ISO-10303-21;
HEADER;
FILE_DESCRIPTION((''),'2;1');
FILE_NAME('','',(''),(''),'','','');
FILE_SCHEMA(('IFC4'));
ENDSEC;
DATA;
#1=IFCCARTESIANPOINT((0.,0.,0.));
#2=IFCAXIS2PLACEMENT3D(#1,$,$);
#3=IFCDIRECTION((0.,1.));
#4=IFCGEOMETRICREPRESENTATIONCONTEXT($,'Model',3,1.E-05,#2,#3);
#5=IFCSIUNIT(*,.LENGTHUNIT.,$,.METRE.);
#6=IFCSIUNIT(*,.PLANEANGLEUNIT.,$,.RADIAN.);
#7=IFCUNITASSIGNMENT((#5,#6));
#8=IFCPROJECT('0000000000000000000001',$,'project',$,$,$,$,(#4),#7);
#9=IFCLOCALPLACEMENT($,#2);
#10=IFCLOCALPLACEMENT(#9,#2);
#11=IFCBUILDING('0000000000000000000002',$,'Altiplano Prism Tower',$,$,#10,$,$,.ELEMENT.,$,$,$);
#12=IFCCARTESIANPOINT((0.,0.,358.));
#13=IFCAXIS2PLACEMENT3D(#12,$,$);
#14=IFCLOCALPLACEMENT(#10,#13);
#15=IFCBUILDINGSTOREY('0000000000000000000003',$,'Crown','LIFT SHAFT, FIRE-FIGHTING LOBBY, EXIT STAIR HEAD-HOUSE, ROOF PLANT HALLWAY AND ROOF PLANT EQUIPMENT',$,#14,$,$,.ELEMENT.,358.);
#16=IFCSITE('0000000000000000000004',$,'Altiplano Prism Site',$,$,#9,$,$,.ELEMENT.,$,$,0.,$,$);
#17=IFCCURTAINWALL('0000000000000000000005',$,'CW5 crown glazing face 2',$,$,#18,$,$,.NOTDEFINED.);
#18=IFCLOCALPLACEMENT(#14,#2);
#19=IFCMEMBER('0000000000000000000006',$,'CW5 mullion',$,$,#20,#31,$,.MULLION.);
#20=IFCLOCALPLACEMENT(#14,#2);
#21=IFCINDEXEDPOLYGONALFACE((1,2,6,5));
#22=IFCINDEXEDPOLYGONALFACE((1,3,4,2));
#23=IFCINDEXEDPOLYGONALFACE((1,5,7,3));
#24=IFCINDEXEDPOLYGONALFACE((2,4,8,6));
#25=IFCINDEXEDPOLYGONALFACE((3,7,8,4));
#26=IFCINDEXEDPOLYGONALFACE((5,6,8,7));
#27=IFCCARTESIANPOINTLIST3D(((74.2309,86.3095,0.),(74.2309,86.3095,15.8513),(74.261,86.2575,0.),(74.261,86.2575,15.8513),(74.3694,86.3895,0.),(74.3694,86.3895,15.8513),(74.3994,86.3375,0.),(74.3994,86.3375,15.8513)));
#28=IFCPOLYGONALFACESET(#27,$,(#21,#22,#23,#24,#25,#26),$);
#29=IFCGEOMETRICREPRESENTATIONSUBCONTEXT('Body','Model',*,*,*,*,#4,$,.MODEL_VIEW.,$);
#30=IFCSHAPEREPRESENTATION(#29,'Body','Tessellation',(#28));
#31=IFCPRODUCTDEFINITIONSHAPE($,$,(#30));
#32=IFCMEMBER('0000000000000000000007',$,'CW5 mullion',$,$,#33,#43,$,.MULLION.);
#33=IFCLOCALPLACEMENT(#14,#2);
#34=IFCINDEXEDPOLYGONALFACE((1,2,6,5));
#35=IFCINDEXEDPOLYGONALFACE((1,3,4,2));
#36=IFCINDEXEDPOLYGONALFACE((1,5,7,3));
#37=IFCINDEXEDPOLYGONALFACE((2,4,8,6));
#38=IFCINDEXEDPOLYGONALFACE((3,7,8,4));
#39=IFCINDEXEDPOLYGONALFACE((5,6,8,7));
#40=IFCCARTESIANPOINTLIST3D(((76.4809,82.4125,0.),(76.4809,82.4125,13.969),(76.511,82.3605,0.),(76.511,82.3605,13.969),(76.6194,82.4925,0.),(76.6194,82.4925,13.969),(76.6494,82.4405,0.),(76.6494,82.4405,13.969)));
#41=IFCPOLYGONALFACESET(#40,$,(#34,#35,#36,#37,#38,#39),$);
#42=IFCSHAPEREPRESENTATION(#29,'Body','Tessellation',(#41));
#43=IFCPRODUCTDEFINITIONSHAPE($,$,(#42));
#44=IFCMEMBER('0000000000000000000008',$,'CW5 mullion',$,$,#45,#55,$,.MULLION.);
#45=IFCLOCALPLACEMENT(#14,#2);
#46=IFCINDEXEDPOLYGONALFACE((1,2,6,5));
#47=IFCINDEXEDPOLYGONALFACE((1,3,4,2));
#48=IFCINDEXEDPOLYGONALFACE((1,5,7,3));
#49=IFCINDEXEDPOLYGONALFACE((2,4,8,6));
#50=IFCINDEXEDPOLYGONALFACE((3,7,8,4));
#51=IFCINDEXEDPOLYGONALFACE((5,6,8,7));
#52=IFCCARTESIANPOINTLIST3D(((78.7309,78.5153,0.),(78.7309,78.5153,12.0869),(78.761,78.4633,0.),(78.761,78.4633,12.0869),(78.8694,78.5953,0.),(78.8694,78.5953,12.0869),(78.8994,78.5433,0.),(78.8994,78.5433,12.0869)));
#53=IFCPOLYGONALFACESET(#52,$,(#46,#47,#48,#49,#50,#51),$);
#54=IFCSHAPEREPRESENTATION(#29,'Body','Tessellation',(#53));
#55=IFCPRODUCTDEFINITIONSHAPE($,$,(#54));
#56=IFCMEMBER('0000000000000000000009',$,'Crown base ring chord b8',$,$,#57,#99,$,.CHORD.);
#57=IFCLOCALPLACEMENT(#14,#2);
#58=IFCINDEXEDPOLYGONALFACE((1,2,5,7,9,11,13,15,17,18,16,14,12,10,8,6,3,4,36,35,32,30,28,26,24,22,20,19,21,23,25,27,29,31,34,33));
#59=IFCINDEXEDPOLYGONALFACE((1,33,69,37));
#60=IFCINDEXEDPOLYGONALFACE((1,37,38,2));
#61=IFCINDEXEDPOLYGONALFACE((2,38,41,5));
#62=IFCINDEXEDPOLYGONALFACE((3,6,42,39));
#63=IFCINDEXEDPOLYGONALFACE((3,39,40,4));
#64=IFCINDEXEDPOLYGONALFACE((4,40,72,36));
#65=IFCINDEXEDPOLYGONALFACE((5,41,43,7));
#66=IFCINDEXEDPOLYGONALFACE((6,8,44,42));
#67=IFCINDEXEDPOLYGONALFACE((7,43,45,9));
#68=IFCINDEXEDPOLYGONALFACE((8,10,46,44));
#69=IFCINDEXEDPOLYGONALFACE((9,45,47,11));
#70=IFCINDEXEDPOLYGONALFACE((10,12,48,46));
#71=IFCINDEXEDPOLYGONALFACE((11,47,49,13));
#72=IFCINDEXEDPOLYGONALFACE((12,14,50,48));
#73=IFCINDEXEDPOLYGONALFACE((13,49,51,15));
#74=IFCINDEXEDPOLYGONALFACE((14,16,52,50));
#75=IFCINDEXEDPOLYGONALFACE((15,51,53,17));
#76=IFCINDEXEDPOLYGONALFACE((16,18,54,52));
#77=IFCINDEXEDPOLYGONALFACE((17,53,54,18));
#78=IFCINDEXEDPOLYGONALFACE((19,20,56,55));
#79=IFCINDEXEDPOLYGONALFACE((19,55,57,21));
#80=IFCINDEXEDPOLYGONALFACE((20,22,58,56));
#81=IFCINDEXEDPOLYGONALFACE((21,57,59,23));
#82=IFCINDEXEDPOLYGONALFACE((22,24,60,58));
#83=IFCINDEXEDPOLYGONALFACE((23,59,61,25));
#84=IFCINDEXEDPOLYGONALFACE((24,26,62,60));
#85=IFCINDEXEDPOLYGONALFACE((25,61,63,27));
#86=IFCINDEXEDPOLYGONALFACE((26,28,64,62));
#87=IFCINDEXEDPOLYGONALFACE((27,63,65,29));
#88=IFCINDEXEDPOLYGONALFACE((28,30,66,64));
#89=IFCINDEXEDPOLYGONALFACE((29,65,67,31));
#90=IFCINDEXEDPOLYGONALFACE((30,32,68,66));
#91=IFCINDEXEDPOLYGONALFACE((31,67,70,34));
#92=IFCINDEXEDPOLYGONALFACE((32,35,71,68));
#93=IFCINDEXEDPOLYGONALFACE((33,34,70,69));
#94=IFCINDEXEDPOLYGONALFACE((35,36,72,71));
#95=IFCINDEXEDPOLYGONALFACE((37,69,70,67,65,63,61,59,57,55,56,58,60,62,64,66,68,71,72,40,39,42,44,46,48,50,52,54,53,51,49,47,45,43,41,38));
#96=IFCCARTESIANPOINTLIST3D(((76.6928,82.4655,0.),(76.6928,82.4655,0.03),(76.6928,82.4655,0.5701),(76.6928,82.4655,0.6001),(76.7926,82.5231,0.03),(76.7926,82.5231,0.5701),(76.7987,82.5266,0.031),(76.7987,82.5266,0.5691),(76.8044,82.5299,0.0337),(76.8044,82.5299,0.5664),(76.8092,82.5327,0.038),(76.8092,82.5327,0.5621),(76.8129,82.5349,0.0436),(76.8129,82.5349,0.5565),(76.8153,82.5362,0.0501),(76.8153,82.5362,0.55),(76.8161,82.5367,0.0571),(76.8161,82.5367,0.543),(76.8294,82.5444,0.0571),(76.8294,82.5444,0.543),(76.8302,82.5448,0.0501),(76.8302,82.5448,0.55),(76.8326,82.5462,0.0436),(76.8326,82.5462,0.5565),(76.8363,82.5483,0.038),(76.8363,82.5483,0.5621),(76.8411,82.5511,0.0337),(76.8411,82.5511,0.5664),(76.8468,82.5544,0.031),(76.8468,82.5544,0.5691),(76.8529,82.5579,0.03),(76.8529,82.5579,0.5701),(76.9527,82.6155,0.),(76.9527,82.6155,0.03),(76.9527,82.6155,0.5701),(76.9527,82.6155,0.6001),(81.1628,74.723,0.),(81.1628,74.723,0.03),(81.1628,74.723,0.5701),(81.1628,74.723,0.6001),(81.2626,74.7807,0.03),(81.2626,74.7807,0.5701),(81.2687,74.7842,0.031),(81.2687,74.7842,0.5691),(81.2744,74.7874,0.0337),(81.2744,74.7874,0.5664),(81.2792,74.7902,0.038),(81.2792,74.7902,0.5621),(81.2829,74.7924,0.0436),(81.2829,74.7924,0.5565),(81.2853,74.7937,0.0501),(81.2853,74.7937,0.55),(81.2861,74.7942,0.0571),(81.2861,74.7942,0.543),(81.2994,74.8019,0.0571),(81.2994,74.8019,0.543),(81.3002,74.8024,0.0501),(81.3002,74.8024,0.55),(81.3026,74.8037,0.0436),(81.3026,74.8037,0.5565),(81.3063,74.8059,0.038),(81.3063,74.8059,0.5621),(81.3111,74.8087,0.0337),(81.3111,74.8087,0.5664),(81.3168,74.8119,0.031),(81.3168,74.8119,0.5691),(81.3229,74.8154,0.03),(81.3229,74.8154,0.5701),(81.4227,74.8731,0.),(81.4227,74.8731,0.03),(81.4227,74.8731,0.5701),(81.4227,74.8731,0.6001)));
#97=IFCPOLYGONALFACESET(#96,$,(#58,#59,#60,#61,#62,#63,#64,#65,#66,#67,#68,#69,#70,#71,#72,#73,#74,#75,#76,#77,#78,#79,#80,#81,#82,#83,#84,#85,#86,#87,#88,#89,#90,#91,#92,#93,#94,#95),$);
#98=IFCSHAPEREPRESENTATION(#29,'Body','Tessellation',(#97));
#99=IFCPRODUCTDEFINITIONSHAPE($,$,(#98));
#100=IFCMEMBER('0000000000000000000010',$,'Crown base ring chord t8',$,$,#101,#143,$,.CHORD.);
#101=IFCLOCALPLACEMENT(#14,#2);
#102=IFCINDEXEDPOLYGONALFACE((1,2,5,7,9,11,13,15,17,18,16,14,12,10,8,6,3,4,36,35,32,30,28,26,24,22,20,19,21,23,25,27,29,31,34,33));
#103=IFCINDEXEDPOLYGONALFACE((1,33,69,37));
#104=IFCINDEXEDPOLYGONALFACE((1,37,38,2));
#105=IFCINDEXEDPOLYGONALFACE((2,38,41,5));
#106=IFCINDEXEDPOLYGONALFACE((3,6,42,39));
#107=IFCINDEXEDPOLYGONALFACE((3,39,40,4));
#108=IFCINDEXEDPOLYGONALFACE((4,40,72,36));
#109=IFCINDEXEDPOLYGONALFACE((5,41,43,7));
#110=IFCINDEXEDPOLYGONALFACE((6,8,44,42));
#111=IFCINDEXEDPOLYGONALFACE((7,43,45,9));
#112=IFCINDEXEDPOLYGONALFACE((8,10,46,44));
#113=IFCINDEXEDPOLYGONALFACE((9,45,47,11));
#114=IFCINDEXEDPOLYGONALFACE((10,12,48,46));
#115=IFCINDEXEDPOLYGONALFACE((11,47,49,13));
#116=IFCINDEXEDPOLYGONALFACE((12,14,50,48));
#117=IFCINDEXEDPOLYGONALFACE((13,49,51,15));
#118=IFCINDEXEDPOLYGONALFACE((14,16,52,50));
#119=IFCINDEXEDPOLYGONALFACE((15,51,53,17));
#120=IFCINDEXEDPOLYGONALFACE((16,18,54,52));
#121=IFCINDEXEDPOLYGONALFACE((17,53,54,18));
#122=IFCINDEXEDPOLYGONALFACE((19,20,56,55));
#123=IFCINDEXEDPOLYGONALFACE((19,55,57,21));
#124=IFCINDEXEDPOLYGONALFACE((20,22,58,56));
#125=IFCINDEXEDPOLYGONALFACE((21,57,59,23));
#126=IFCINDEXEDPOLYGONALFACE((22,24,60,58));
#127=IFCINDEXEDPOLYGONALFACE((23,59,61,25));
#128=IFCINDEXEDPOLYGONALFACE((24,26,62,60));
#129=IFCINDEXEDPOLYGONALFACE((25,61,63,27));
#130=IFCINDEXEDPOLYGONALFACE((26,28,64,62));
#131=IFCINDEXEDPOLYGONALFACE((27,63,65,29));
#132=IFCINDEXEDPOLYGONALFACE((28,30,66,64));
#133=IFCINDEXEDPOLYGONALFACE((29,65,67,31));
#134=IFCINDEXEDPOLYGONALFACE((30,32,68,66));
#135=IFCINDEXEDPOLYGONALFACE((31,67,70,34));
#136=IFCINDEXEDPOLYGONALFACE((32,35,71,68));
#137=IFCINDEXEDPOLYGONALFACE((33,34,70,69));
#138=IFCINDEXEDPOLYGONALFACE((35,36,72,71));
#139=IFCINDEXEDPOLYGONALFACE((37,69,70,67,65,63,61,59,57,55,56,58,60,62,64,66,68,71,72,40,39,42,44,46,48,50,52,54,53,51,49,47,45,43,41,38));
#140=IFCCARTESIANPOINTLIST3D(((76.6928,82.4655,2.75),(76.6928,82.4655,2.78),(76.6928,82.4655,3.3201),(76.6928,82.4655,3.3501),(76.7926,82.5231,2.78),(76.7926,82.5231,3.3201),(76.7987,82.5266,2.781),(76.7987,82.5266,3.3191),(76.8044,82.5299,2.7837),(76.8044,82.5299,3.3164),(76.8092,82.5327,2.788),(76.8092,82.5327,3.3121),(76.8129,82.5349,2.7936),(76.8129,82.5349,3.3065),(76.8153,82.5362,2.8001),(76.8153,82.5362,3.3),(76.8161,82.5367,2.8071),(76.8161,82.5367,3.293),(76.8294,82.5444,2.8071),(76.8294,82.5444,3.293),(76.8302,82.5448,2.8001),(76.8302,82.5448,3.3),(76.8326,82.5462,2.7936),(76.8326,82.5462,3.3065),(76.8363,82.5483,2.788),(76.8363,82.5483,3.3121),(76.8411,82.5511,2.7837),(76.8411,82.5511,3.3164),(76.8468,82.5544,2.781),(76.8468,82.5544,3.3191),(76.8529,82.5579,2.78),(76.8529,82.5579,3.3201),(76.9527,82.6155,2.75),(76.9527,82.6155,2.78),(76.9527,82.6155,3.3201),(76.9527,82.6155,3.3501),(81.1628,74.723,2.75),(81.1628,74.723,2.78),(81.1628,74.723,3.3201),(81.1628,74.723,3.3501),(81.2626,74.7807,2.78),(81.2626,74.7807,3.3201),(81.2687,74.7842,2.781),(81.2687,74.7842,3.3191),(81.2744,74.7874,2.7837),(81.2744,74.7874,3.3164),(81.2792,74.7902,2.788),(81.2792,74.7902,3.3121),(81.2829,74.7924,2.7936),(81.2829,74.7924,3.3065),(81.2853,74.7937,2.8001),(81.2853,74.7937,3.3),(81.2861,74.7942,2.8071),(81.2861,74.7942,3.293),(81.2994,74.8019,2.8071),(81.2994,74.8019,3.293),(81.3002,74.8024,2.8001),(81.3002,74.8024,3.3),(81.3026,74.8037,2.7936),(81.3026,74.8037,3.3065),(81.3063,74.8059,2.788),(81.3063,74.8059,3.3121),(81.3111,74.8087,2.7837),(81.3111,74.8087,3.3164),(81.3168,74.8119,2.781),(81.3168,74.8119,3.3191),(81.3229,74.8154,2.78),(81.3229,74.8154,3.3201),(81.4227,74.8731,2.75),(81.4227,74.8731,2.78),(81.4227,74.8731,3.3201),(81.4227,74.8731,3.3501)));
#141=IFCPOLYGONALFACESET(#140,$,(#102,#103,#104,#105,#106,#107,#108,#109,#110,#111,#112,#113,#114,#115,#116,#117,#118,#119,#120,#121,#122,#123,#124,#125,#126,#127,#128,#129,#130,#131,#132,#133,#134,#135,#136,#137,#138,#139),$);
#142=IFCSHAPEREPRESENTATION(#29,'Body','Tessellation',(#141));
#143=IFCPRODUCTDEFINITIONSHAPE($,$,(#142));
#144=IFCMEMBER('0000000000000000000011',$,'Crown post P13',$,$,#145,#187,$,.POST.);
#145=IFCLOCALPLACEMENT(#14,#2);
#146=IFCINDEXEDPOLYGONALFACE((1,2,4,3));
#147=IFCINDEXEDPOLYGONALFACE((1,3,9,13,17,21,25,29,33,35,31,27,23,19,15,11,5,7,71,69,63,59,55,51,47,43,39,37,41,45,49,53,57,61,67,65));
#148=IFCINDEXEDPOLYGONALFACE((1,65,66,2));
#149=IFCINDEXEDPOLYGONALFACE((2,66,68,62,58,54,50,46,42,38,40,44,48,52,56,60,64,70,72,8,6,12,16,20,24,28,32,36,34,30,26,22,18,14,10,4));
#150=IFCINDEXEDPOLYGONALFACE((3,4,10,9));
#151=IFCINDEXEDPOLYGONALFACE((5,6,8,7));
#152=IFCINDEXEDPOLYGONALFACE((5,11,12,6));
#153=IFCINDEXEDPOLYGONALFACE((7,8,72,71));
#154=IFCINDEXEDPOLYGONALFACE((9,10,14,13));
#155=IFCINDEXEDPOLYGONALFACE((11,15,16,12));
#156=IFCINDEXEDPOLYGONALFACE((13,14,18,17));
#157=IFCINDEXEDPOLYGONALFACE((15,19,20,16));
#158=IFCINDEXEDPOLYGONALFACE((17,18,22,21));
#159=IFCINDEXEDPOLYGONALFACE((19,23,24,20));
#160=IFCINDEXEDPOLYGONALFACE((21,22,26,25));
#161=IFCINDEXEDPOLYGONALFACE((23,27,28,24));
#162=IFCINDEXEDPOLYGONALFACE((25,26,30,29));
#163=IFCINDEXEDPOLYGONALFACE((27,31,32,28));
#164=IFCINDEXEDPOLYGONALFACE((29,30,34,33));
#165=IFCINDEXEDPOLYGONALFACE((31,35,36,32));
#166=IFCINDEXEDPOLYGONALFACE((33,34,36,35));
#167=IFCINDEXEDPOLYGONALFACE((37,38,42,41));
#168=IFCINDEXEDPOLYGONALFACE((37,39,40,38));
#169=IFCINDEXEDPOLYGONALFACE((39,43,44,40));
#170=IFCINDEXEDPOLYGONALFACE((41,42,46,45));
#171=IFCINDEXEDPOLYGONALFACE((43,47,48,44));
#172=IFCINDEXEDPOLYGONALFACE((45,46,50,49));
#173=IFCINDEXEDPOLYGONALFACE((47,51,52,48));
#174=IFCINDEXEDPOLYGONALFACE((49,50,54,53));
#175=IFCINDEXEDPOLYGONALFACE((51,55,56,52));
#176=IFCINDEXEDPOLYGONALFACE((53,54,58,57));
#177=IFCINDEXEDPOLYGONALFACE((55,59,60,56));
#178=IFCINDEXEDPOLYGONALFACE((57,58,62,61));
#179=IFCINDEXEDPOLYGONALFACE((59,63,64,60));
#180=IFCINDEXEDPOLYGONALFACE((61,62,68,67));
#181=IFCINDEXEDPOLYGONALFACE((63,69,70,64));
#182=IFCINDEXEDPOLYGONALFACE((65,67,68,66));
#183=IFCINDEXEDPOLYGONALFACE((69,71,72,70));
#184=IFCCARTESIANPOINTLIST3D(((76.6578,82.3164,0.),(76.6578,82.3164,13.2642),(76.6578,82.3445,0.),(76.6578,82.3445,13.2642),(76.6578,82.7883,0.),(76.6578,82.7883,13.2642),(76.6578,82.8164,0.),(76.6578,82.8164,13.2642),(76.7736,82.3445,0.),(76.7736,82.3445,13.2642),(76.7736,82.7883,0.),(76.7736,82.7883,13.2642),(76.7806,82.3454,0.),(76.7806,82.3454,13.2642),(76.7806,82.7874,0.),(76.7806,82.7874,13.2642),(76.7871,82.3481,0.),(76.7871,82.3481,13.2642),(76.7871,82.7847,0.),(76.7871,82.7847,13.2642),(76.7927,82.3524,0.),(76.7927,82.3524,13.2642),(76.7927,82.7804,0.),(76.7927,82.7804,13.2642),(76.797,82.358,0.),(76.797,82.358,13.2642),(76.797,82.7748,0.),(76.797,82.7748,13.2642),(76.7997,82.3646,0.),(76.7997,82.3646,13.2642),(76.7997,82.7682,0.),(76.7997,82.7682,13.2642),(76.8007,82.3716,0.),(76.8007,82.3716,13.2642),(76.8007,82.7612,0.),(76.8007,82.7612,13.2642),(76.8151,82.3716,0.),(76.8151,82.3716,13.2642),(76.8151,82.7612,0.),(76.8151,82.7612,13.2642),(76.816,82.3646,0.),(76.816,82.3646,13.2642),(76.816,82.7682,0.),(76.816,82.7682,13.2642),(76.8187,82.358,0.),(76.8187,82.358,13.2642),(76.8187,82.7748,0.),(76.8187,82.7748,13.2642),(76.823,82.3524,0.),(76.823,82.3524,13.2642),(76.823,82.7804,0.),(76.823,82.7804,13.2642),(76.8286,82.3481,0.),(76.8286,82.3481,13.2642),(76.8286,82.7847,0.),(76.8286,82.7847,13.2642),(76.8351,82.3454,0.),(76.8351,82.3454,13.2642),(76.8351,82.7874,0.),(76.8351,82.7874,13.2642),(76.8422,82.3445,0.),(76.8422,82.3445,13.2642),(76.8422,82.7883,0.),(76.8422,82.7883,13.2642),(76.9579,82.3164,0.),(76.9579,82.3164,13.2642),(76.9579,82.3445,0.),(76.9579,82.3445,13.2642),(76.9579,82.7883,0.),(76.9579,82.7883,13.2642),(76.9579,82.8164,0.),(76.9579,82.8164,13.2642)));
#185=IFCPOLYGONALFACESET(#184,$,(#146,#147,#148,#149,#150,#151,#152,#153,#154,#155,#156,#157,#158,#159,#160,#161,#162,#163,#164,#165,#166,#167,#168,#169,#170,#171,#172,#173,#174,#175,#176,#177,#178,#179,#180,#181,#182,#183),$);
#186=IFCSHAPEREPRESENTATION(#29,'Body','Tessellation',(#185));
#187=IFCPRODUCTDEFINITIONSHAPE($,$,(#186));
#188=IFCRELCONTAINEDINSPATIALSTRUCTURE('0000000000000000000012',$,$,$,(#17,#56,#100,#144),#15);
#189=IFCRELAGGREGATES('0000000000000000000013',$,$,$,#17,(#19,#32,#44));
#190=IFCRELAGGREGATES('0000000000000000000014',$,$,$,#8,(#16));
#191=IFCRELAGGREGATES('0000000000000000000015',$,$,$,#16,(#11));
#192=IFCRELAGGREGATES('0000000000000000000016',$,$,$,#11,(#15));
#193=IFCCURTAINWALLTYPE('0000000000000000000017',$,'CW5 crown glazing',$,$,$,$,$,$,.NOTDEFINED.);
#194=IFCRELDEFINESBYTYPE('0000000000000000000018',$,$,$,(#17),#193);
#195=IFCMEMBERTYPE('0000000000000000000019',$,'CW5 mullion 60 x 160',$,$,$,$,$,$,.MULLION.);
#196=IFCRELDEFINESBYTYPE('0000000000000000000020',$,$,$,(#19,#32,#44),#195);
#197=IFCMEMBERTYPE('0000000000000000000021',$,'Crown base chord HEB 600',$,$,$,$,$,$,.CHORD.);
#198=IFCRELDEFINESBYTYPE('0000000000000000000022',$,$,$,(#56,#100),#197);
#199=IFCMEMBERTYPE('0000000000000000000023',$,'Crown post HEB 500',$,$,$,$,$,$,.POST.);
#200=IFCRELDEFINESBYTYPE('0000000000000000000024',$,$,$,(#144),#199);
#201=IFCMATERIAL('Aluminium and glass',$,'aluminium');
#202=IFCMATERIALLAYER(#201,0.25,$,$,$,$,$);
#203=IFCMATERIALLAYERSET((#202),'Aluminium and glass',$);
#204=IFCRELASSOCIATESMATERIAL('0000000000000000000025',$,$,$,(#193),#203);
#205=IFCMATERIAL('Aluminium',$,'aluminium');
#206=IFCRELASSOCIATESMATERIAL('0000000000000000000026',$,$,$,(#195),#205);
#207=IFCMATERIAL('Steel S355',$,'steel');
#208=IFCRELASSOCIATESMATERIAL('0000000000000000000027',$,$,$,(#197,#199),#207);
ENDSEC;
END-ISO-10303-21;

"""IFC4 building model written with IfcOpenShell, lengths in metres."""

from ifc_helpers import new_model, si_unit, direction, frame, origin, origin_2d, place, context, subcontext, project, spatial, rectangle, i_section, extrude, material, layer, layer_set, material_profile, profile_set, type_object, element, aggregate, save


model = new_model("IFC4")

# Units and contexts
model_context = context("Model", 3, precision=1e-05, world=origin(), true_north=direction((0.0, 1.0)))
body_context = subcontext(model_context, "Body", "Model", "MODEL_VIEW")
ifc_project = project(units=[si_unit("LENGTHUNIT", "METRE"), si_unit("PLANEANGLEUNIT", "RADIAN")], contexts=[model_context])

# Site, building, storey
site_placement = place(None, origin())
site = spatial("IfcSite", under=ifc_project, at=site_placement, Name="Altiplano Prism Site", CompositionType="ELEMENT", RefElevation=0.0)
building_placement = place(site_placement, origin())
building = spatial("IfcBuilding", under=site, at=building_placement, Name="Altiplano Prism Tower", CompositionType="ELEMENT")
storey_placement = place(building_placement, frame((0.0, 0.0, 358.0)))
storey = spatial("IfcBuildingStorey", under=building, at=storey_placement, Name="Crown", Description="LIFT SHAFT, FIRE-FIGHTING LOBBY, EXIT STAIR HEAD-HOUSE, ROOF PLANT HALLWAY AND ROOF PLANT EQUIPMENT", CompositionType="ELEMENT", Elevation=358.0)

# Curtain wall, members
ifc_material_1 = material(Name="Aluminium and glass", Category="aluminium")
ifc_layer_1 = layer(ifc_material_1, 0.25)
ifc_layer_set_1 = layer_set([ifc_layer_1], Name="Aluminium and glass")
curtain_wall_type = type_object("IfcCurtainWallType", Name="CW5 crown glazing", PredefinedType="NOTDEFINED", material=ifc_layer_set_1)
curtain_wall_placement = place(storey_placement, origin())
curtain_wall = element("IfcCurtainWall", 1, at=curtain_wall_placement, inside=storey, type_object=curtain_wall_type, Name="CW5 crown glazing face 2", PredefinedType="NOTDEFINED")
ifc_material_2 = material(Name="Aluminium", Category="aluminium")
ifc_material_profile_1 = material_profile(ifc_material_2, rectangle(XDim=0.1599, YDim=0.0601, at=origin_2d()), Name="CW5 mullion 60 x 160")
ifc_profile_set_1 = profile_set([ifc_material_profile_1], Name="Aluminium")
member_type_1 = type_object("IfcMemberType", Name="CW5 mullion 60 x 160", PredefinedType="MULLION", material=ifc_profile_set_1)
member_1_placement = place(storey_placement, frame((74.3152, 86.3235, 0.0), z_axis=(0.0, 0.0, 1.0), x_axis=(0.866025, 0.5, 0.0)))
member_1 = element("IfcMember", 2, at=member_1_placement, type_object=member_type_1, Name="CW5 mullion", PredefinedType="MULLION", context=body_context, shape_type="SweptSolid", body=[
    extrude(rectangle(XDim=0.1599, YDim=0.0601, at=origin_2d()), origin(), (0.0, 0.0, 1.0), 15.8513),
])
member_2_placement = place(storey_placement, frame((76.5652, 82.4265, 0.0), z_axis=(0.0, 0.0, 1.0), x_axis=(0.866025, 0.5, 0.0)))
member_2 = element("IfcMember", 3, at=member_2_placement, type_object=member_type_1, Name="CW5 mullion", PredefinedType="MULLION", context=body_context, shape_type="SweptSolid", body=[
    extrude(rectangle(XDim=0.1599, YDim=0.0601, at=origin_2d()), origin(), (0.0, 0.0, 1.0), 13.969),
])
member_3_placement = place(storey_placement, frame((78.8152, 78.5293, 0.0), z_axis=(0.0, 0.0, 1.0), x_axis=(0.866025, 0.5, 0.0)))
member_3 = element("IfcMember", 4, at=member_3_placement, type_object=member_type_1, Name="CW5 mullion", PredefinedType="MULLION", context=body_context, shape_type="SweptSolid", body=[
    extrude(rectangle(XDim=0.1599, YDim=0.0601, at=origin_2d()), origin(), (0.0, 0.0, 1.0), 12.0869),
])

# Members
ifc_material_3 = material(Name="Steel S355", Category="steel")
ifc_material_profile_2 = material_profile(ifc_material_3, i_section(OverallWidth=0.3, OverallDepth=0.6001, WebThickness=0.0154, FlangeThickness=0.03, FilletRadius=0.0271, at=origin_2d()), Name="Crown base chord HEB 600")
ifc_profile_set_2 = profile_set([ifc_material_profile_2], Name="Steel S355")
member_type_2 = type_object("IfcMemberType", Name="Crown base chord HEB 600", PredefinedType="CHORD", material=ifc_profile_set_2)
for number, where, z_axis, x_axis, name in (
    (5, (76.8228, 82.5405, 0.3), (0.49999, -0.866031, 0.0), (0.866031, 0.49999, 0.0), "Crown base ring chord b8"),
    (6, (76.8228, 82.5405, 3.05), (0.49999, -0.866031, 0.0), (0.866031, 0.49999, 0.0), "Crown base ring chord t8"),
):
    element("IfcMember", number, at=place(storey_placement, frame(where, z_axis=z_axis, x_axis=x_axis)), inside=storey, type_object=member_type_2, Name=name, PredefinedType="CHORD", context=body_context, shape_type="SweptSolid", body=[
        extrude(i_section(OverallWidth=0.3, OverallDepth=0.6001, WebThickness=0.0154, FlangeThickness=0.03, FilletRadius=0.0271, at=origin_2d()), origin(), (0.0, 0.0, 1.0), 8.9402),
    ])
ifc_material_profile_3 = material_profile(ifc_material_3, i_section(OverallWidth=0.3, OverallDepth=0.5, WebThickness=0.0144, FlangeThickness=0.0281, FilletRadius=0.0271, at=origin_2d()), Name="Crown post HEB 500")
ifc_profile_set_3 = profile_set([ifc_material_profile_3], Name="Steel S355")
member_type_3 = type_object("IfcMemberType", Name="Crown post HEB 500", PredefinedType="POST", material=ifc_profile_set_3)
member_4_placement = place(storey_placement, frame((76.8079, 82.5664, 0.0), z_axis=(0.0, 0.0, 1.0), x_axis=(1.0, 0.0, 0.0)))
element("IfcMember", 7, at=member_4_placement, inside=storey, type_object=member_type_3, Name="Crown post P13", PredefinedType="POST", context=body_context, shape_type="SweptSolid", body=[
    extrude(i_section(OverallWidth=0.3, OverallDepth=0.5, WebThickness=0.0144, FlangeThickness=0.0281, FilletRadius=0.0271, at=origin_2d()), origin(), (0.0, 0.0, 1.0), 13.2642),
])

aggregate(curtain_wall, [member_1, member_2, member_3])

save(model, "model.ifc")
